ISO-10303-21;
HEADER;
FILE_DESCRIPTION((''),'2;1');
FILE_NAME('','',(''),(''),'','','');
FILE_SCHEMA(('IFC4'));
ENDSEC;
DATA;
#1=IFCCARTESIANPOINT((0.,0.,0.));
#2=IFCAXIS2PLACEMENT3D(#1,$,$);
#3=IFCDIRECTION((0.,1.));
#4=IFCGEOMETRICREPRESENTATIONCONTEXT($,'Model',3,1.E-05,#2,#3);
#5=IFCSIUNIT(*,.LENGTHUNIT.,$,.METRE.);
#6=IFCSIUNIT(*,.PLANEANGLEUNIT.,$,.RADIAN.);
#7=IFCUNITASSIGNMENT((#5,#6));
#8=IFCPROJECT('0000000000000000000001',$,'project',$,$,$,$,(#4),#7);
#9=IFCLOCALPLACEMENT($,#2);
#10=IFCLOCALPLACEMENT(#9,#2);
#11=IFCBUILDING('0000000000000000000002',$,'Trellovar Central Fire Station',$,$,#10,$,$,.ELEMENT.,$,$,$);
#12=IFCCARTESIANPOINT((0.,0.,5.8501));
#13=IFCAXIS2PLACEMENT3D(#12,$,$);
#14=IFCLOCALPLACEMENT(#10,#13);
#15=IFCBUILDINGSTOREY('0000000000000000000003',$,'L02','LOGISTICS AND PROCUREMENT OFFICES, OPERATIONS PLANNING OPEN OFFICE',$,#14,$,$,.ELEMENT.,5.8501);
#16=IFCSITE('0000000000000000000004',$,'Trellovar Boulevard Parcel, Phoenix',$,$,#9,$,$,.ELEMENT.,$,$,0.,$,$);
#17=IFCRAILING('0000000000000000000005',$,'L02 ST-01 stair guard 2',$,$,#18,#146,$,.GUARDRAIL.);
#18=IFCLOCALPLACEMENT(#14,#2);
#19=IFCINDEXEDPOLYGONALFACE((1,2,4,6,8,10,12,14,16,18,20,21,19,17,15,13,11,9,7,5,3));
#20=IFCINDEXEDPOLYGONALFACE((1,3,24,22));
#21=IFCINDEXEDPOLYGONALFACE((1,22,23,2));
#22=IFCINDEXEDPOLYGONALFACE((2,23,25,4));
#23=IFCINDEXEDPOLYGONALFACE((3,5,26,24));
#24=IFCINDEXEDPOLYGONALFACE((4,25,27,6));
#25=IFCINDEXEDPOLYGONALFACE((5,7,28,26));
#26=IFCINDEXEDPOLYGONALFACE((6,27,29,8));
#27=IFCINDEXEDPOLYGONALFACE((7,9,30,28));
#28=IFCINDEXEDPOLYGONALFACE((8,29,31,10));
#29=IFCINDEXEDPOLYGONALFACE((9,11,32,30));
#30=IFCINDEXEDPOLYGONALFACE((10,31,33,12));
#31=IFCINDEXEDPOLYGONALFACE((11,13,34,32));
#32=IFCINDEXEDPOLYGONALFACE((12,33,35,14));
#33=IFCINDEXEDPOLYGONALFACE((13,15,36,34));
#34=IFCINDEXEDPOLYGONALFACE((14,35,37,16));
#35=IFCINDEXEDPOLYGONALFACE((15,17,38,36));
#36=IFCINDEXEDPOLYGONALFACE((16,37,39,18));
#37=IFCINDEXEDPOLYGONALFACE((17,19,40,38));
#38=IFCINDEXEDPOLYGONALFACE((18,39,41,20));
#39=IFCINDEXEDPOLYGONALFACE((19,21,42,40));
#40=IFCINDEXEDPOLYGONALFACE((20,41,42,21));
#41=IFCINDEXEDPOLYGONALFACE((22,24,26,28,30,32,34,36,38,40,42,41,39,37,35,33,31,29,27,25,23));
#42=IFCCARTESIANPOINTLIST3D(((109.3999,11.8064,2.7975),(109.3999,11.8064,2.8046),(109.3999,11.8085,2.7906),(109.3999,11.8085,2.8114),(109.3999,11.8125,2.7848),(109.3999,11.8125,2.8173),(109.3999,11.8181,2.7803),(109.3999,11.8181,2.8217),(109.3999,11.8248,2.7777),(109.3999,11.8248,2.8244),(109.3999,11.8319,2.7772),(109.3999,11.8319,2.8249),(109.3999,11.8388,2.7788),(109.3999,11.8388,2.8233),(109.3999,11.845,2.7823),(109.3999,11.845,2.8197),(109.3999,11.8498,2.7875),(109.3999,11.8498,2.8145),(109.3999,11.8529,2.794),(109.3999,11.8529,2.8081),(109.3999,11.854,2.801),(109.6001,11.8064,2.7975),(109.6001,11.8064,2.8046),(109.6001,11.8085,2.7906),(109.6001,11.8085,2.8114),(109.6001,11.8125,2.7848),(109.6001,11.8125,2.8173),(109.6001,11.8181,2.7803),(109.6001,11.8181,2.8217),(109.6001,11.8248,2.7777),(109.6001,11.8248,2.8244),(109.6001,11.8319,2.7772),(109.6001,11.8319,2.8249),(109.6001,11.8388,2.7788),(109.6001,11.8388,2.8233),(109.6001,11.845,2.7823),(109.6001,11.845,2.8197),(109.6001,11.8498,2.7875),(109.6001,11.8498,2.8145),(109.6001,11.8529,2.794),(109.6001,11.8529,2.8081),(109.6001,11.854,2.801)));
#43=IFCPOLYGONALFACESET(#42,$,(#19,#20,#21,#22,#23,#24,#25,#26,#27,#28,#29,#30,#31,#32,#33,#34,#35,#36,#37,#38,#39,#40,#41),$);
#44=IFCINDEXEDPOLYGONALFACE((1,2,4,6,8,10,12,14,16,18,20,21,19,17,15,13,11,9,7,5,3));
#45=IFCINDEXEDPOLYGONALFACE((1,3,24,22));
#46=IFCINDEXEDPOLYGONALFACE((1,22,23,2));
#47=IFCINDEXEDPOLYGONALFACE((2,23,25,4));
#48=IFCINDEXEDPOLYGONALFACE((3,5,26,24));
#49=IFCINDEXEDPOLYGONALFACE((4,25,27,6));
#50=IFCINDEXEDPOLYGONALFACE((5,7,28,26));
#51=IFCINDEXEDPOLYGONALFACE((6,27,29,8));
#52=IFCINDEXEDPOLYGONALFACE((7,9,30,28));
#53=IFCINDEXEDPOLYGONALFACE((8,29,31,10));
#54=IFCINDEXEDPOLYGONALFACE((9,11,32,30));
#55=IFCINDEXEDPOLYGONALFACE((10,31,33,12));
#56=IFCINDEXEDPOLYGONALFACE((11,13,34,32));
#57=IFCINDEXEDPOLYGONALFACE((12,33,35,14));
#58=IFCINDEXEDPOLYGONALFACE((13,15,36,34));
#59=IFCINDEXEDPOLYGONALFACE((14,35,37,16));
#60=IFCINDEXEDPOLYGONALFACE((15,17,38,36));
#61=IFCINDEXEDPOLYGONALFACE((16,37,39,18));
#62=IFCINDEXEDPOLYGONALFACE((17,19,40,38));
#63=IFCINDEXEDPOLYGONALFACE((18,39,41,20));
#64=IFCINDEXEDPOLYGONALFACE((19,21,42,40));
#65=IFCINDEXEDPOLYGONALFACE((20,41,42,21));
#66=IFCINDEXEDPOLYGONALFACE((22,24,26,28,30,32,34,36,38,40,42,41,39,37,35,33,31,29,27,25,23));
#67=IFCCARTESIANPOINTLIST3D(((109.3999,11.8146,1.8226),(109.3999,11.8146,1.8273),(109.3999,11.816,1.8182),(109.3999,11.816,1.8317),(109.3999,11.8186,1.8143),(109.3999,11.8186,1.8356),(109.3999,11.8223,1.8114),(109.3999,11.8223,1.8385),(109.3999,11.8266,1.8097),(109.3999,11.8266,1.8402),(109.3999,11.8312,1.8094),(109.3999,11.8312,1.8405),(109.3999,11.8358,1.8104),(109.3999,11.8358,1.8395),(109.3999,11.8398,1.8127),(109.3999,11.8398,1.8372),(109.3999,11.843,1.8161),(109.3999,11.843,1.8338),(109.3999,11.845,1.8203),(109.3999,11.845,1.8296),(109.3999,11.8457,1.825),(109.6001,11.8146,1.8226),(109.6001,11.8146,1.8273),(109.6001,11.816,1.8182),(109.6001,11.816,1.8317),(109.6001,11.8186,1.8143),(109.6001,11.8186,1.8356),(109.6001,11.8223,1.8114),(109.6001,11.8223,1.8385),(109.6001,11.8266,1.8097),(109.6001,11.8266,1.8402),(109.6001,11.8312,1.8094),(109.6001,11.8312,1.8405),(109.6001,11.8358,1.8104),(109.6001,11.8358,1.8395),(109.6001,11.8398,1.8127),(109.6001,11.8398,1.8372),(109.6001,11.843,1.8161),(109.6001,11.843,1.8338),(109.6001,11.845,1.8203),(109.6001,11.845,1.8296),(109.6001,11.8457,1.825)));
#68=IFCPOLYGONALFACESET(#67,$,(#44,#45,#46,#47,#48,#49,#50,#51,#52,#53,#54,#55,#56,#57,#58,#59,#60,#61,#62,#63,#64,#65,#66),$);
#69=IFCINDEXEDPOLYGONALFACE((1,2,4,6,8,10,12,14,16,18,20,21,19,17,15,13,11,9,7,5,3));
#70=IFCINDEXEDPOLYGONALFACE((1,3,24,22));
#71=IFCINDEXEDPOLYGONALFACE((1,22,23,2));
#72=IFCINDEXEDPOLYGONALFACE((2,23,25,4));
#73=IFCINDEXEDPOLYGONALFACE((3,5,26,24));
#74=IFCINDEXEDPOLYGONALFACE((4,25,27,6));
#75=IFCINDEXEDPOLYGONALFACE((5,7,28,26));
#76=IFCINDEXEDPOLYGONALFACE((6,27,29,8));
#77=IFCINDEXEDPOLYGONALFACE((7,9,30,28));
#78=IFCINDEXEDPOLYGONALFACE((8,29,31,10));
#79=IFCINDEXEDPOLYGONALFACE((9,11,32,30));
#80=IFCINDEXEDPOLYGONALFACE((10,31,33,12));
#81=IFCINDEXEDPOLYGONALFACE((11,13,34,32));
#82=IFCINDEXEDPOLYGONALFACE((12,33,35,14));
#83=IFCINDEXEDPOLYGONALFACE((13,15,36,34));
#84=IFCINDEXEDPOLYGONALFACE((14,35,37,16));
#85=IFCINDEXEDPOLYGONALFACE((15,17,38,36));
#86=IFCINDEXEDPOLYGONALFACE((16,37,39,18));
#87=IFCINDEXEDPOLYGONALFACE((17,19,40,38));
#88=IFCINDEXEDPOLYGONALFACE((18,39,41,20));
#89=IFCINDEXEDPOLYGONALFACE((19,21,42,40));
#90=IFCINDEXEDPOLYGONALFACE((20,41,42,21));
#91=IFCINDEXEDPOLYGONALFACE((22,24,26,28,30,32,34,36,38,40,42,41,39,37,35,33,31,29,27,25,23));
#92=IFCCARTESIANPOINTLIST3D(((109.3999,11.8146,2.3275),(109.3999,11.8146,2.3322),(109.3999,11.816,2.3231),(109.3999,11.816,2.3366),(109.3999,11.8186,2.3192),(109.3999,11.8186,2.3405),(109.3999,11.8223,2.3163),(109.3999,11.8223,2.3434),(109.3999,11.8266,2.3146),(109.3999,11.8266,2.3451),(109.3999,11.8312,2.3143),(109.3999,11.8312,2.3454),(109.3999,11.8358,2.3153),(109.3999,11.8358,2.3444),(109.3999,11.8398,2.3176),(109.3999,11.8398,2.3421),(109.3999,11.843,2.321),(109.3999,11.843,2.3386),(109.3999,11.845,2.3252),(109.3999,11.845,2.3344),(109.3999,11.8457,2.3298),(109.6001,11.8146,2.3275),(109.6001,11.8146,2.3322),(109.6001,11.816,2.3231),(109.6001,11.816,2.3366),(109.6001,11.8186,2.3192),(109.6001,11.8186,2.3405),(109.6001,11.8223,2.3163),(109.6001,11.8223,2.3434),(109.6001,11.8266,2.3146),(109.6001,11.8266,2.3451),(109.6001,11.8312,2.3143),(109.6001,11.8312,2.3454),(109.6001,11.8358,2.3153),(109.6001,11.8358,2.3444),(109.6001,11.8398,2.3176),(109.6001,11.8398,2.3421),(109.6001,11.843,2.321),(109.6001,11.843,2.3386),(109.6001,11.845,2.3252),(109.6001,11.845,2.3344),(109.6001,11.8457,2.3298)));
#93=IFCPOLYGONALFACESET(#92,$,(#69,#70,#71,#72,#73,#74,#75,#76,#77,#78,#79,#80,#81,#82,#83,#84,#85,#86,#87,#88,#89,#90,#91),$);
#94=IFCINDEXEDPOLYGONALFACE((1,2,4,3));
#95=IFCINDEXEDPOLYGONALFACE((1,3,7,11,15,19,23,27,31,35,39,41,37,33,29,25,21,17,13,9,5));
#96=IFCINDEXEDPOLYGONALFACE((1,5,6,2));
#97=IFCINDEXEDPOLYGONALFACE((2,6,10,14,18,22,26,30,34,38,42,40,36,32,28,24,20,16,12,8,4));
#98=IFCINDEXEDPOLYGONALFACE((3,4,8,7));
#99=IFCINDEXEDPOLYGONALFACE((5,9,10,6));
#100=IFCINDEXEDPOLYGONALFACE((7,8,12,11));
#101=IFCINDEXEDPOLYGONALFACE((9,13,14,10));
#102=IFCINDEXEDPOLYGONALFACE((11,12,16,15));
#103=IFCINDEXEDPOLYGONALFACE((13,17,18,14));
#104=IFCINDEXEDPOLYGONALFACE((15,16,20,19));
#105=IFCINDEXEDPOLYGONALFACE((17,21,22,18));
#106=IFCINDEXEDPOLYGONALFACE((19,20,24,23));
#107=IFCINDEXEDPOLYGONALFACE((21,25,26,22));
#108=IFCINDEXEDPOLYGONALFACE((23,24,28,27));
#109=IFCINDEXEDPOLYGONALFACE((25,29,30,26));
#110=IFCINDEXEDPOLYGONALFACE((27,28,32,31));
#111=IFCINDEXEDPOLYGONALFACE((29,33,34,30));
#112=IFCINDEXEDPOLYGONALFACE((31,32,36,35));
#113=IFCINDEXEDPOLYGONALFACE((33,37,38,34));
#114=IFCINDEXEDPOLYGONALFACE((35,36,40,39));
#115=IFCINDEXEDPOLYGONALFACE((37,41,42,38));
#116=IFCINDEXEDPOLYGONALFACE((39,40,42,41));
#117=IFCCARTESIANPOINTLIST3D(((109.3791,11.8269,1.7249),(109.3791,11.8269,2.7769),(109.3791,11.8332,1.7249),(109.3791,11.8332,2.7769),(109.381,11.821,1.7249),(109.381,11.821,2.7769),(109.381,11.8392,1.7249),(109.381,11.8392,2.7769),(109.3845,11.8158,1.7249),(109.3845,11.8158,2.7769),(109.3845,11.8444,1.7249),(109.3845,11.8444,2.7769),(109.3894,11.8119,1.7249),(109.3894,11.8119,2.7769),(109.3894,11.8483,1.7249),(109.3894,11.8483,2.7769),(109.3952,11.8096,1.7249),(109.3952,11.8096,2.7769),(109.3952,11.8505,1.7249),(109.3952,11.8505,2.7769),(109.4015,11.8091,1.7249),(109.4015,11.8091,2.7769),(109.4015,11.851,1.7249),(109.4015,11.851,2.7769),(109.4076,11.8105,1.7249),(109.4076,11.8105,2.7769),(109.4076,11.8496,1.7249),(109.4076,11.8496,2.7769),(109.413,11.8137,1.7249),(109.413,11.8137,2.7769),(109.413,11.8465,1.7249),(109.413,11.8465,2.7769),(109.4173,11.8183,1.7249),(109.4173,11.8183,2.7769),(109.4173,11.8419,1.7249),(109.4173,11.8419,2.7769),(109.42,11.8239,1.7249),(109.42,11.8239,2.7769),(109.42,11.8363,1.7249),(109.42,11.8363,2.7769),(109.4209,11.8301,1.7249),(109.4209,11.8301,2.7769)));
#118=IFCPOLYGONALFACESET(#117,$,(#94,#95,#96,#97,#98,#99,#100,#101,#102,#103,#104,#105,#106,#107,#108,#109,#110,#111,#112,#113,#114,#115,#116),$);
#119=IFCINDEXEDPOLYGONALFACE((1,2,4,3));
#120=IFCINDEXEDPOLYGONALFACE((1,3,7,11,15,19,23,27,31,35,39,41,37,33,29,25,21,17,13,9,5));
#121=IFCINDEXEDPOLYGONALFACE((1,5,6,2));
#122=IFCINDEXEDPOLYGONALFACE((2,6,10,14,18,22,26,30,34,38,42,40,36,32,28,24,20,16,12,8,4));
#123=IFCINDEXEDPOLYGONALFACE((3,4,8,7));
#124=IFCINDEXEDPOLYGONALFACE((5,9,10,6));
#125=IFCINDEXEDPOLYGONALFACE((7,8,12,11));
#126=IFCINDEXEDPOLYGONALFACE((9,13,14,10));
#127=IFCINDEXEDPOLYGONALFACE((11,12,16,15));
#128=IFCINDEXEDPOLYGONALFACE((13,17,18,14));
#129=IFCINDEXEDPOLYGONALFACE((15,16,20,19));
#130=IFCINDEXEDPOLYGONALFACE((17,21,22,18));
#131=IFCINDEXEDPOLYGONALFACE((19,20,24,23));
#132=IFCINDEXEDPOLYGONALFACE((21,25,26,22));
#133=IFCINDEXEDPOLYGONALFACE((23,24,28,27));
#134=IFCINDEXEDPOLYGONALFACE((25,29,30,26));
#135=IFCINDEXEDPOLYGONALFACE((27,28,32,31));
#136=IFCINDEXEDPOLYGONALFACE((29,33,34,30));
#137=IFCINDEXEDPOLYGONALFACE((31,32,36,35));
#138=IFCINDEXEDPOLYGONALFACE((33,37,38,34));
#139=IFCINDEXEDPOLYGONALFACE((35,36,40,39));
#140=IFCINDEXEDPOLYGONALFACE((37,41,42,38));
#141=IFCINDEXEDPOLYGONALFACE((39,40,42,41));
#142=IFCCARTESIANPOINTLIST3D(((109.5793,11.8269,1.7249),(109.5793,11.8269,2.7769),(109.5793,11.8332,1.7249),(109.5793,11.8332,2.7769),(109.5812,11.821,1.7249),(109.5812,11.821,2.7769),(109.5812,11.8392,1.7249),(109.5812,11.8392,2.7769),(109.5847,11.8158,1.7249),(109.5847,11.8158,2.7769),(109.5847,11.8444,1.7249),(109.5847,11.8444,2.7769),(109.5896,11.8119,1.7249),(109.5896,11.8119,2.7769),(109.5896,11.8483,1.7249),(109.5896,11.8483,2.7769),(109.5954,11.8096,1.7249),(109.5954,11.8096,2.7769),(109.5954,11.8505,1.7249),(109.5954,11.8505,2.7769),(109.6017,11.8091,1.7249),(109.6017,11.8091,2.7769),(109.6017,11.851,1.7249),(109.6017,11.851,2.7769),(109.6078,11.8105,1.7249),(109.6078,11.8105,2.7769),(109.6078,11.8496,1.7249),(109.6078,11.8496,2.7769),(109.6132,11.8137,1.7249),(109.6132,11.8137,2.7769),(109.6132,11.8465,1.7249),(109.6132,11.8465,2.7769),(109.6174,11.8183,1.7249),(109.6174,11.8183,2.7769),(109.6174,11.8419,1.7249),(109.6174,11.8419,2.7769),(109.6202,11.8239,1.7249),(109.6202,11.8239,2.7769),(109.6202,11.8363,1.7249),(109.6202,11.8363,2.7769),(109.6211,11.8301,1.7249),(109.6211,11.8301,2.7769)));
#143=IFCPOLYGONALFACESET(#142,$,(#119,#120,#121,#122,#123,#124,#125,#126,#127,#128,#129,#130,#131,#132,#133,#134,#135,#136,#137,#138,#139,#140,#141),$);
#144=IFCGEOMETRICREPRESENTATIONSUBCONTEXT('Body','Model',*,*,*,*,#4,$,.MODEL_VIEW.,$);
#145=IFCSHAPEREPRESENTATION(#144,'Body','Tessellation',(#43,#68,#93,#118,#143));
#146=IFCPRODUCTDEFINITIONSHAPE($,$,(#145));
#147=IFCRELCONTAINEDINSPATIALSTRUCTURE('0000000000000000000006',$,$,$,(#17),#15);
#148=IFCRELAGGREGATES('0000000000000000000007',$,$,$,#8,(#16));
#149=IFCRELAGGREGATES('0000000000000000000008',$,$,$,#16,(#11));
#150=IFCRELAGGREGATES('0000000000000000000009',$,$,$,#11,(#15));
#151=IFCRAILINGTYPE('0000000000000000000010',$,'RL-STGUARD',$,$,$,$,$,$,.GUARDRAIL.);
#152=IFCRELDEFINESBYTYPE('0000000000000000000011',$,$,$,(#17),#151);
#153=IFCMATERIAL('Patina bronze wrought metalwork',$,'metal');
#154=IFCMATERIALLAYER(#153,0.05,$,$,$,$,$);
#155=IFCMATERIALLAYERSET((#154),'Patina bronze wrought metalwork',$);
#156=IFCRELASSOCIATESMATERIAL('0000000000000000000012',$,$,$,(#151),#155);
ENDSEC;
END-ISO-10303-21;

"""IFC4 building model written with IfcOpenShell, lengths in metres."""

from ifc_helpers import new_model, si_unit, direction, frame, origin, origin_2d, place, context, subcontext, project, spatial, circle, extrude, material, layer, layer_set, type_object, element, save


model = new_model("IFC4")

# Units and contexts
model_context = context("Model", 3, precision=1e-05, world=origin(), true_north=direction((0.0, 1.0)))
body_context = subcontext(model_context, "Body", "Model", "MODEL_VIEW")
ifc_project = project(units=[si_unit("LENGTHUNIT", "METRE"), si_unit("PLANEANGLEUNIT", "RADIAN")], contexts=[model_context])

# Site, building, storey
site_placement = place(None, origin())
site = spatial("IfcSite", under=ifc_project, at=site_placement, Name="Trellovar Boulevard Parcel, Phoenix", CompositionType="ELEMENT", RefElevation=0.0)
building_placement = place(site_placement, origin())
building = spatial("IfcBuilding", under=site, at=building_placement, Name="Trellovar Central Fire Station", CompositionType="ELEMENT")
storey_placement = place(building_placement, frame((0.0, 0.0, 5.8501)))
storey = spatial("IfcBuildingStorey", under=building, at=storey_placement, Name="L02", Description="LOGISTICS AND PROCUREMENT OFFICES, OPERATIONS PLANNING OPEN OFFICE", CompositionType="ELEMENT", Elevation=5.8501)

# Railing
ifc_material_1 = material(Name="Patina bronze wrought metalwork", Category="metal")
ifc_layer_1 = layer(ifc_material_1, 0.05)
ifc_layer_set_1 = layer_set([ifc_layer_1], Name="Patina bronze wrought metalwork")
railing_type_1 = type_object("IfcRailingType", Name="RL-STGUARD", PredefinedType="GUARDRAIL", material=ifc_layer_set_1)
railing_1_placement = place(storey_placement, frame((109.3999, 11.8301, 1.7249)))
element("IfcRailing", 1, at=railing_1_placement, inside=storey, type_object=railing_type_1, Name="L02 ST-01 stair guard 2", PredefinedType="GUARDRAIL", context=body_context, shape_type="SweptSolid", body=[
    extrude(circle(Radius=0.0239, at=origin_2d()), frame((0.0, 0.0, 1.0762), z_axis=(1.0, 0.0, 0.0), x_axis=(0.0, 1.0, 0.0)), (0.0, 0.0, 1.0), 0.2002),
    extrude(circle(Radius=0.0156, at=origin_2d()), frame((0.0, 0.0, 0.1001), z_axis=(1.0, 0.0, 0.0), x_axis=(0.0, 1.0, 0.0)), (0.0, 0.0, 1.0), 0.2002),
    extrude(circle(Radius=0.0156, at=origin_2d()), frame((0.0, 0.0, 0.605), z_axis=(1.0, 0.0, 0.0), x_axis=(0.0, 1.0, 0.0)), (0.0, 0.0, 1.0), 0.2002),
    extrude(circle(Radius=0.021, at=origin_2d()), origin(), (0.0, 0.0, 1.0), 1.052),
    extrude(circle(Radius=0.021, at=origin_2d()), frame((0.2002, 0.0, 0.0)), (0.0, 0.0, 1.0), 1.052),
])

save(model, "model.ifc")
